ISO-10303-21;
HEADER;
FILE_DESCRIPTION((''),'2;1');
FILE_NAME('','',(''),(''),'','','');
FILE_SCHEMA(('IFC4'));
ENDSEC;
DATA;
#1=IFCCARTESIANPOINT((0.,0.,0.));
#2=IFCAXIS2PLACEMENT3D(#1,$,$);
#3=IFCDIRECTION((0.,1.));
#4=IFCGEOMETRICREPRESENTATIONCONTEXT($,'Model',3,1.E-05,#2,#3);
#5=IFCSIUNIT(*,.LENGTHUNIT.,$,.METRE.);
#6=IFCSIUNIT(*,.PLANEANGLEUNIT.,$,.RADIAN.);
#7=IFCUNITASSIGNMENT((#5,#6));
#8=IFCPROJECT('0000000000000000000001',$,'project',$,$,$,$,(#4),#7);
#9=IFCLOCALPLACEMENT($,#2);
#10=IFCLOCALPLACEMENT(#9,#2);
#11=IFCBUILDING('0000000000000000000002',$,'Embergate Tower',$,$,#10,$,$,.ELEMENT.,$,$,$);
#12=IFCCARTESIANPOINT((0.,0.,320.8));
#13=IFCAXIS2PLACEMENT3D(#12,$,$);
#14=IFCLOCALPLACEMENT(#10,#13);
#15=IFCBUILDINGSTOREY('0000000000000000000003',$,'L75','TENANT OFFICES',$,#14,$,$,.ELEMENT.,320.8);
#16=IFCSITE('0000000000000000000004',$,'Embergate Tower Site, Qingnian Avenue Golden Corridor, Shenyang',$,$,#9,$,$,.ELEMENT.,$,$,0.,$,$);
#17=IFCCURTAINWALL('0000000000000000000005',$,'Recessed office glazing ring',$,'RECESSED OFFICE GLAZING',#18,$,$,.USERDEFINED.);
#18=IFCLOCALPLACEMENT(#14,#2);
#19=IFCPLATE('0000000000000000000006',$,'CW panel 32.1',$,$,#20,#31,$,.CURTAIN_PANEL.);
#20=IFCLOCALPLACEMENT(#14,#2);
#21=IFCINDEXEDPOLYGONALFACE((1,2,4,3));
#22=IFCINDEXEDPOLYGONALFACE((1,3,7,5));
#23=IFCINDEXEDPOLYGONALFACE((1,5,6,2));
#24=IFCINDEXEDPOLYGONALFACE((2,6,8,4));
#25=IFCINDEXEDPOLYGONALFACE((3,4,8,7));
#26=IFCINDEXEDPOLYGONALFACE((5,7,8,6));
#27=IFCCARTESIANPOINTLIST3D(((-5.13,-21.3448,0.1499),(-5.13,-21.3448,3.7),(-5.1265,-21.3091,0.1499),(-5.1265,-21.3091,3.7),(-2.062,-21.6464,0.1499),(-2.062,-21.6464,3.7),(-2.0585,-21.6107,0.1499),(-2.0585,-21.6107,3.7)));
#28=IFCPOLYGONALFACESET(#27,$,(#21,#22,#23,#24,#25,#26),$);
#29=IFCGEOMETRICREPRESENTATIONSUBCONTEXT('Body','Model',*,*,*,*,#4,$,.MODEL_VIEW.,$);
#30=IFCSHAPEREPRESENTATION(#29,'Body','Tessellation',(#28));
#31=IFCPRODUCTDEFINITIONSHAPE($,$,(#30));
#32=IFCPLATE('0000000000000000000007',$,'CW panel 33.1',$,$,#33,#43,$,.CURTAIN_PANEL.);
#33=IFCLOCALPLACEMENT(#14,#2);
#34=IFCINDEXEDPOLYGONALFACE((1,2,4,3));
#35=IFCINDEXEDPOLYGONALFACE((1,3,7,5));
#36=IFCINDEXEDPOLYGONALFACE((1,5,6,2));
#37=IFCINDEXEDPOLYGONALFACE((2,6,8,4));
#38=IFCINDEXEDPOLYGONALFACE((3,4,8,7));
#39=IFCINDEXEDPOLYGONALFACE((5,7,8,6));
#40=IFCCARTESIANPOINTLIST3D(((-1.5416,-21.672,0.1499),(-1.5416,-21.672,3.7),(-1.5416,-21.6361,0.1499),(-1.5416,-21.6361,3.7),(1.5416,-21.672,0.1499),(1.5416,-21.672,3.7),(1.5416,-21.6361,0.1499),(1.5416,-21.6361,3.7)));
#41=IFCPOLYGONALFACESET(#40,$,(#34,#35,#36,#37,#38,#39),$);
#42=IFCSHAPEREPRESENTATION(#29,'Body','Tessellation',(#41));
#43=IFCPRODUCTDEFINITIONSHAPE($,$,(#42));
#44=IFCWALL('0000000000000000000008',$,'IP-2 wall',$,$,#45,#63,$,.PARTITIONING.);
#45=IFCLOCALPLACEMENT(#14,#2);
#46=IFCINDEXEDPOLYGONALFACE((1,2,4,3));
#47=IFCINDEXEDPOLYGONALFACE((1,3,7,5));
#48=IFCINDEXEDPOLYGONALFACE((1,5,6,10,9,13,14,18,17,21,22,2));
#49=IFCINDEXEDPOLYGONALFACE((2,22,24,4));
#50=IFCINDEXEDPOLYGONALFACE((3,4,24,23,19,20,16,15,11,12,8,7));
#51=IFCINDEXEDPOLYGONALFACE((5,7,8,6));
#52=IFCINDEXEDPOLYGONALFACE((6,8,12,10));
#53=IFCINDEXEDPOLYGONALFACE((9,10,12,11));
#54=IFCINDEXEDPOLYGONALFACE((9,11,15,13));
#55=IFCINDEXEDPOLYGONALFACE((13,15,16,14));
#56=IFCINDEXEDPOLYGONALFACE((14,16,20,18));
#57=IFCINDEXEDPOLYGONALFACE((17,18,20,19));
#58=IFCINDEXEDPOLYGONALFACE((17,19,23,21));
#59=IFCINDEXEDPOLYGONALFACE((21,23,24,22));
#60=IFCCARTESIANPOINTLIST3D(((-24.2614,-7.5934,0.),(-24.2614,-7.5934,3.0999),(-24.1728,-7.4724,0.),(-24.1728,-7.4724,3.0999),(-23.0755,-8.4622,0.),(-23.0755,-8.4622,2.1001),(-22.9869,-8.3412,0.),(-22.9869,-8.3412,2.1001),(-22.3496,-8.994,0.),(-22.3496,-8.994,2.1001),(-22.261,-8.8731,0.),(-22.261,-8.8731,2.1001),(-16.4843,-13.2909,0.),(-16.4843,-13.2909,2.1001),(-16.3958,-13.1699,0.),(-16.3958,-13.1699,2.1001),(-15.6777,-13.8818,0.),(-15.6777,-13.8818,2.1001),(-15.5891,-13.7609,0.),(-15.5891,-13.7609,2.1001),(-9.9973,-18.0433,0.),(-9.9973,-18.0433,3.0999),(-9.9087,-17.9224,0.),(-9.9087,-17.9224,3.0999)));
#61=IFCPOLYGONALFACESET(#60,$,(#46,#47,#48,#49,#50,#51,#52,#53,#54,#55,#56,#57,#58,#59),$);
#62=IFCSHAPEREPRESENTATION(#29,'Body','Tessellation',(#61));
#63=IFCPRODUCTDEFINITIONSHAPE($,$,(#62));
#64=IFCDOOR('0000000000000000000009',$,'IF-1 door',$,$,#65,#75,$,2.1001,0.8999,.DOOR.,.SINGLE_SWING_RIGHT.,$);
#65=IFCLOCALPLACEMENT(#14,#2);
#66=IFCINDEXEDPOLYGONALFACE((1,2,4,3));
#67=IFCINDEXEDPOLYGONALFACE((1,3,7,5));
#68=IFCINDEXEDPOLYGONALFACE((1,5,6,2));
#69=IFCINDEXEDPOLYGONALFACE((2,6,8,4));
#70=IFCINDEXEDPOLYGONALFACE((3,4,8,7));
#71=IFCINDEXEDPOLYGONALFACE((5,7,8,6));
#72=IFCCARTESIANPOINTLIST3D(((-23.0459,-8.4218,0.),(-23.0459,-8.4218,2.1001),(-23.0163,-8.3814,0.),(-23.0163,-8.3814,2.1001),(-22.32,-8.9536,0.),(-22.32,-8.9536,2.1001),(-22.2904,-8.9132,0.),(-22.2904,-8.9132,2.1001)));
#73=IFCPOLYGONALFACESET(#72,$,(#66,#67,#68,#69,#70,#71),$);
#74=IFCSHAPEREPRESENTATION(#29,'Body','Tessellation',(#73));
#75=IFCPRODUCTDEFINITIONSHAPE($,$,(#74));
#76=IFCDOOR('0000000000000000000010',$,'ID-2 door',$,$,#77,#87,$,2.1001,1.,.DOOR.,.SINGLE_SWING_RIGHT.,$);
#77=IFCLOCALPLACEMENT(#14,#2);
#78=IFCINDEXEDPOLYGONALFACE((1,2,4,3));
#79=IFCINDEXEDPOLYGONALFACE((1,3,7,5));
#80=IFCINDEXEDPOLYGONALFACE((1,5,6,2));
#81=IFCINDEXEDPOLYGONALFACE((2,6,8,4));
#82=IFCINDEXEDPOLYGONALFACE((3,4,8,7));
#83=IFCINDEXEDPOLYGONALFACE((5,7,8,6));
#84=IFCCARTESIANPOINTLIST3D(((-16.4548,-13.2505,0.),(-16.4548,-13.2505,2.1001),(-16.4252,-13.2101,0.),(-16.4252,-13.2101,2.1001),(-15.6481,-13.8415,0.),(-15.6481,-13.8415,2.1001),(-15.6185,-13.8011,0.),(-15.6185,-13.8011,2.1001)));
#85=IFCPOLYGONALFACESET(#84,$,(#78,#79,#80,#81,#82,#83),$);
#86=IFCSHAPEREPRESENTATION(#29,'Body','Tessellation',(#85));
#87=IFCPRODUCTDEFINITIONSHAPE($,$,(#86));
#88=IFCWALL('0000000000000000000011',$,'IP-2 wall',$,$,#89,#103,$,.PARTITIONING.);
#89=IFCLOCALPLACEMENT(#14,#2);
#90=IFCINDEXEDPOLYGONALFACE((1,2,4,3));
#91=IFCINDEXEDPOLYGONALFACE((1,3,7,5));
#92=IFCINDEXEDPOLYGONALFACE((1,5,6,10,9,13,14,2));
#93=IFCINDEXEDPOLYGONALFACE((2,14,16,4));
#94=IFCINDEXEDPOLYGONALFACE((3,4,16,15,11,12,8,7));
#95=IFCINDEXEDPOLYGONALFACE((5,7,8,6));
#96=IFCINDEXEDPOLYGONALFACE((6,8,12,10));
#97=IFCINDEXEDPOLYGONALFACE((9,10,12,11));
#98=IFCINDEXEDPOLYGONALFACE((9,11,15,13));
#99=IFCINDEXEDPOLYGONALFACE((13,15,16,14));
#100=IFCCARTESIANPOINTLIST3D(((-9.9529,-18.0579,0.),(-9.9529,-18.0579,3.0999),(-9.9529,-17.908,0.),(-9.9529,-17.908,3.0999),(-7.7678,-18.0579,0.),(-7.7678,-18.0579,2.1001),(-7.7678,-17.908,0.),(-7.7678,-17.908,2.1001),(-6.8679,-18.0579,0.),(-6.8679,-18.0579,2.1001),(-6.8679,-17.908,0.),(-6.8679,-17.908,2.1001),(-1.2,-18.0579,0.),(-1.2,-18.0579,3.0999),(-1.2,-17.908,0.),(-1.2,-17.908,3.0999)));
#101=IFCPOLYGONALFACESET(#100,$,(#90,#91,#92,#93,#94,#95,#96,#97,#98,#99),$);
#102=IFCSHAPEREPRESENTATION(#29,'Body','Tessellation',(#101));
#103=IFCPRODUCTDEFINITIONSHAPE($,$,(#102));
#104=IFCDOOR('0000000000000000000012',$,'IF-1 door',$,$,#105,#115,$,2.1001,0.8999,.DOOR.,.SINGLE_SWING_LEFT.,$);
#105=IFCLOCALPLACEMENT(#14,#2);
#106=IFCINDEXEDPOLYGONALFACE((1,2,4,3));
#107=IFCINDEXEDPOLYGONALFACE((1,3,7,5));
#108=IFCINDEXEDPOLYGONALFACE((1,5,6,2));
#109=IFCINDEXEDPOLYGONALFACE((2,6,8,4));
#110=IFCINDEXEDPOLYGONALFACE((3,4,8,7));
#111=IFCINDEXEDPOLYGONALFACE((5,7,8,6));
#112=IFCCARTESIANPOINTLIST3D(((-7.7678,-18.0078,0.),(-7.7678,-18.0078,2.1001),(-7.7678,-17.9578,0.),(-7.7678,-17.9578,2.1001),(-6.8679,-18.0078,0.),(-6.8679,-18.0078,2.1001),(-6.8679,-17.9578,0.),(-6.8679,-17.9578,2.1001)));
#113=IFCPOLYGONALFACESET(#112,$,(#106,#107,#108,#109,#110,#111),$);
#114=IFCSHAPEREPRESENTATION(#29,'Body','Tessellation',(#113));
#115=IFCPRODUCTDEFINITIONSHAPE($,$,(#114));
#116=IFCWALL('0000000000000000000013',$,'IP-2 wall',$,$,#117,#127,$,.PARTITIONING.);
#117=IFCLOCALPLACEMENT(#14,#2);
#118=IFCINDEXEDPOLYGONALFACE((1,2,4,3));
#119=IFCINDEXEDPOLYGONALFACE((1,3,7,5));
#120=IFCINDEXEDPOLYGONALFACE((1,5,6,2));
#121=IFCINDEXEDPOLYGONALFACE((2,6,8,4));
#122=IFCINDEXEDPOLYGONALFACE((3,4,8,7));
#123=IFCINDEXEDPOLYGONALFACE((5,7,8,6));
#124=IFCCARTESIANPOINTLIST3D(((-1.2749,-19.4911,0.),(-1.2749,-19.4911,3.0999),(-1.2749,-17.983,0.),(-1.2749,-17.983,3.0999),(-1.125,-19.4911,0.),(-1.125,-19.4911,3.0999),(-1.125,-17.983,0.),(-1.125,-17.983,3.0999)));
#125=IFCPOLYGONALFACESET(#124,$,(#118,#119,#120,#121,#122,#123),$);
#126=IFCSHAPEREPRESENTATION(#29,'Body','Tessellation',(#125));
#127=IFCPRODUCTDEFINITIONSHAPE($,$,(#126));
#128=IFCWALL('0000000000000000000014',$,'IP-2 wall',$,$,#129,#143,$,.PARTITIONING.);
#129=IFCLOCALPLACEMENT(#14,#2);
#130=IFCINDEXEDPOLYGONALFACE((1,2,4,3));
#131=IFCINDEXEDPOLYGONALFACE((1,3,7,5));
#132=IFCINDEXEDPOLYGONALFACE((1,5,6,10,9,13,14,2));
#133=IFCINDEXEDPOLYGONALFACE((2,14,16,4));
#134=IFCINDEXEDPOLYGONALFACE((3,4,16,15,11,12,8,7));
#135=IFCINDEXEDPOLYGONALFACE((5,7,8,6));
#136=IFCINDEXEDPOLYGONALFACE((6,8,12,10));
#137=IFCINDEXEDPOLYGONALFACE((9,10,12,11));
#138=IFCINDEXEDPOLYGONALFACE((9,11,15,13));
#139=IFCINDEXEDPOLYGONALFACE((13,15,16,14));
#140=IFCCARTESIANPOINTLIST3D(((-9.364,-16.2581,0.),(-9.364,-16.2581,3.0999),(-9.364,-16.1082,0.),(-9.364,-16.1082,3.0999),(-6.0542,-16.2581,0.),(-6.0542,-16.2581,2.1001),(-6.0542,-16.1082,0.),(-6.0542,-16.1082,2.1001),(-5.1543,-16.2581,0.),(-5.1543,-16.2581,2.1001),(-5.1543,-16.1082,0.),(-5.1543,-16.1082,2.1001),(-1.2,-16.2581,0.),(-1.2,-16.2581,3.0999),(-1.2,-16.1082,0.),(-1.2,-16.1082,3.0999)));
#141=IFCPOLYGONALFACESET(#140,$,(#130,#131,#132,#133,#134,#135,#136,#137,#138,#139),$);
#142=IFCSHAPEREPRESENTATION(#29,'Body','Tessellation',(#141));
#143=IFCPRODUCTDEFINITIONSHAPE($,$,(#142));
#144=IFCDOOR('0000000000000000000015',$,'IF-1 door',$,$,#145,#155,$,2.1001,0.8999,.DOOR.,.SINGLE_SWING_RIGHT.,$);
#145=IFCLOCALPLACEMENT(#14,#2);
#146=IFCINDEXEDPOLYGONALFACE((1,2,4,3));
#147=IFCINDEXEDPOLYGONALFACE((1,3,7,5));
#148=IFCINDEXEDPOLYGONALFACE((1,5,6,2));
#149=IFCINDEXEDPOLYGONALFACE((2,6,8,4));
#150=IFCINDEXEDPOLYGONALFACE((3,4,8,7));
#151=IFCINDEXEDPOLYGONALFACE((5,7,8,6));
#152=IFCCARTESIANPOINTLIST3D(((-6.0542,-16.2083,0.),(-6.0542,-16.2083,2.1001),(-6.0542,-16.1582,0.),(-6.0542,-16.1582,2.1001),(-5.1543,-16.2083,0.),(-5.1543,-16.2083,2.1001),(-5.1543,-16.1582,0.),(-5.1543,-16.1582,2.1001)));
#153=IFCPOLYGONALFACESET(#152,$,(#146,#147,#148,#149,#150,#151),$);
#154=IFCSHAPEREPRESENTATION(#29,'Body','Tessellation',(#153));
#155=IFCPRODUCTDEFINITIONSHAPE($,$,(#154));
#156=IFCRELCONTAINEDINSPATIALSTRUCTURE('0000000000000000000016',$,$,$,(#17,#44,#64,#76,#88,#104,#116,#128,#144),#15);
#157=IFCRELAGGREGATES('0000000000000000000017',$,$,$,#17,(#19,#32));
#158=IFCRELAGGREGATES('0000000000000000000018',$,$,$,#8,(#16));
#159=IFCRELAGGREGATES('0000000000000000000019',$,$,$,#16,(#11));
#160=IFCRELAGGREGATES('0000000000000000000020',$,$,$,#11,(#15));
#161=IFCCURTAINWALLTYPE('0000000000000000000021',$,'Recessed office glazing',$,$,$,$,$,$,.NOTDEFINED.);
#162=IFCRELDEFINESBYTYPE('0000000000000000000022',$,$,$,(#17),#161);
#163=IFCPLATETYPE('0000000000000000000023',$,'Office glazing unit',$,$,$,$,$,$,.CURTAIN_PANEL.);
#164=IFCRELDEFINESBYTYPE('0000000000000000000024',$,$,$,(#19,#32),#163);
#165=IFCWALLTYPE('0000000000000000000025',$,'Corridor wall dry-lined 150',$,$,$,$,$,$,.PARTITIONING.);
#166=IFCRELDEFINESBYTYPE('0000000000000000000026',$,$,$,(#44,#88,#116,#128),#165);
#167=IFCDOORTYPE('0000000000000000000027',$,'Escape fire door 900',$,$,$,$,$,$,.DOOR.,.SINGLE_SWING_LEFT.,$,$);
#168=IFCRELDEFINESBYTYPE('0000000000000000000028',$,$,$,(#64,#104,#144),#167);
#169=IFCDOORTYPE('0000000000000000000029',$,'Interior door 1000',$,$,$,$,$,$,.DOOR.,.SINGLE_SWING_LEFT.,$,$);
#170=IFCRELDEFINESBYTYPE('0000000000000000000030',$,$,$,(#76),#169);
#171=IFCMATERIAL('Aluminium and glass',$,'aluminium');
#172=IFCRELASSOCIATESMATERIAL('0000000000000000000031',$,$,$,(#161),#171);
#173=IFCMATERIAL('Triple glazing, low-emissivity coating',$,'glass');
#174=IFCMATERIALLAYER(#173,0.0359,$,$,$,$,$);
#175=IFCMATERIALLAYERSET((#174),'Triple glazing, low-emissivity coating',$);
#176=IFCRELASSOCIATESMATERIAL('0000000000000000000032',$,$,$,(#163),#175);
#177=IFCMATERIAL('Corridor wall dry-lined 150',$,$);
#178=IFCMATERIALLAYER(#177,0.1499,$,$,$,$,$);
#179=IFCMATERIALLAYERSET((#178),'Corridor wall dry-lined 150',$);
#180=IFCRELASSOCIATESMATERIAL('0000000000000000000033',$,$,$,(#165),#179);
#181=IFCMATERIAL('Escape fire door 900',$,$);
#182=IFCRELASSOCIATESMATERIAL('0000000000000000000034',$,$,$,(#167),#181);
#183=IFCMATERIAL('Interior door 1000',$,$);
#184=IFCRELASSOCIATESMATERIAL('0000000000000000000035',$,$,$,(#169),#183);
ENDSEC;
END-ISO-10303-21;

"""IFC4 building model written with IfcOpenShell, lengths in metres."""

from ifc_helpers import new_model, si_unit, direction, frame, frame_2d, origin, origin_2d, place, context, subcontext, project, spatial, rectangle, extrude, source, transform, mapped, material, layer, layer_set, type_object, element, fill, aggregate, save


model = new_model("IFC4")

# Units and contexts
model_context = context("Model", 3, precision=1e-05, world=origin(), true_north=direction((0.0, 1.0)))
body_context = subcontext(model_context, "Body", "Model", "MODEL_VIEW")
ifc_project = project(units=[si_unit("LENGTHUNIT", "METRE"), si_unit("PLANEANGLEUNIT", "RADIAN")], contexts=[model_context])

# Site, building, storey
site_placement = place(None, origin())
site = spatial("IfcSite", under=ifc_project, at=site_placement, Name="Embergate Tower Site, Qingnian Avenue Golden Corridor, Shenyang", CompositionType="ELEMENT", RefElevation=0.0)
building_placement = place(site_placement, origin())
building = spatial("IfcBuilding", under=site, at=building_placement, Name="Embergate Tower", CompositionType="ELEMENT")
storey_placement = place(building_placement, frame((0.0, 0.0, 320.8)))
storey = spatial("IfcBuildingStorey", under=building, at=storey_placement, Name="L75", Description="TENANT OFFICES", CompositionType="ELEMENT", Elevation=320.8)

# Curtain wall
ifc_material_1 = material(Name="Aluminium and glass", Category="aluminium")
curtain_wall_type = type_object("IfcCurtainWallType", Name="Recessed office glazing", PredefinedType="NOTDEFINED", material=ifc_material_1)
curtain_wall_placement = place(storey_placement, origin())
curtain_wall = element("IfcCurtainWall", 1, at=curtain_wall_placement, inside=storey, type_object=curtain_wall_type, Name="Recessed office glazing ring", ObjectType="RECESSED OFFICE GLAZING", PredefinedType="USERDEFINED")

# Plates
ifc_material_2 = material(Name="Triple glazing, low-emissivity coating", Category="glass")
ifc_layer_1 = layer(ifc_material_2, 0.0359)
ifc_layer_set_1 = layer_set([ifc_layer_1], Name="Triple glazing, low-emissivity coating")
plate_type = type_object("IfcPlateType", Name="Office glazing unit", PredefinedType="CURTAIN_PANEL", material=ifc_layer_set_1)
shared_shape_1 = source(origin(), body_context, "Body", "SweptSolid", [
    extrude(rectangle(XDim=3.0828, YDim=0.0359, at=origin_2d()), origin(), (0.0, 0.0, 1.0), 3.55),
])
plate_1_placement = place(storey_placement, frame((-3.5942, -21.4778, 0.1499), z_axis=(0.0, 0.0, 1.0), x_axis=(0.995203, -0.097831, 0.0)))
plate_1 = element("IfcPlate", 2, at=plate_1_placement, type_object=plate_type, Name="CW panel 32.1", PredefinedType="CURTAIN_PANEL", context=body_context, shape_type="MappedRepresentation", body=[
    mapped(shared_shape_1, transform((0.0, 0.0, 0.0))),
])
shared_shape_2 = source(origin(), body_context, "Body", "SweptSolid", [
    extrude(rectangle(XDim=3.0833, YDim=0.0359, at=origin_2d()), origin(), (0.0, 0.0, 1.0), 3.55),
])
plate_2_placement = place(storey_placement, frame((0.0, -21.6541, 0.1499), z_axis=(0.0, 0.0, 1.0), x_axis=(1.0, 0.0, 0.0)))
plate_2 = element("IfcPlate", 3, at=plate_2_placement, type_object=plate_type, Name="CW panel 33.1", PredefinedType="CURTAIN_PANEL", context=body_context, shape_type="MappedRepresentation", body=[
    mapped(shared_shape_2, transform((0.0, 0.0, 0.0))),
])
aggregate(curtain_wall, [plate_1, plate_2])

# Wall, openings, doors
ifc_material_3 = material(Name="Corridor wall dry-lined 150")
ifc_layer_2 = layer(ifc_material_3, 0.1499)
ifc_layer_set_2 = layer_set([ifc_layer_2], Name="Corridor wall dry-lined 150")
wall_type_1 = type_object("IfcWallType", Name="Corridor wall dry-lined 150", PredefinedType="PARTITIONING", material=ifc_layer_set_2)
shared_shape_3 = source(origin(), body_context, "Body", "SweptSolid", [
    extrude(rectangle(XDim=17.6824, YDim=0.1499, at=frame_2d((8.8413, 0.0))), origin(), (0.0, 0.0, 1.0), 3.0999),
])
wall_1_placement = place(storey_placement, frame((-9.9529, -17.9829, 0.0), z_axis=(0.0, 0.0, 1.0), x_axis=(-0.806686, 0.59098, 0.0)))
wall_1 = element("IfcWall", 4, at=wall_1_placement, inside=storey, type_object=wall_type_1, Name="IP-2 wall", PredefinedType="PARTITIONING", context=body_context, shape_type="MappedRepresentation", body=[
    mapped(shared_shape_3, transform((0.0, 0.0, 0.0))),
])
shared_shape_4 = source(origin(), body_context, "Body", "SweptSolid", [
    extrude(rectangle(XDim=0.8999, YDim=2.1001, at=frame_2d((0.45, 1.05))), frame((0.0, 0.085, 0.0), z_axis=(0.0, -1.0, 0.0), x_axis=(1.0, 0.0, 0.0)), (0.0, 0.0, 1.0), 0.1699),
])
opening_1_placement = place(wall_1_placement, frame((15.3125, 0.0, 0.0)))
opening_1 = element("IfcOpeningElement", 5, at=opening_1_placement, cuts=wall_1, PredefinedType="OPENING", context=body_context, shape_type="MappedRepresentation", body=[
    mapped(shared_shape_4, transform((0.0, 0.0, 0.0))),
])
shared_shape_5 = source(origin(), body_context, "Body", "SweptSolid", [
    extrude(rectangle(XDim=1.0, YDim=2.1001, at=frame_2d((0.5, 1.05))), frame((0.0, 0.085, 0.0), z_axis=(0.0, -1.0, 0.0), x_axis=(1.0, 0.0, 0.0)), (0.0, 0.0, 1.0), 0.1699),
])
opening_2_placement = place(wall_1_placement, frame((7.0417, 0.0, 0.0)))
opening_2 = element("IfcOpeningElement", 6, at=opening_2_placement, cuts=wall_1, PredefinedType="OPENING", context=body_context, shape_type="MappedRepresentation", body=[
    mapped(shared_shape_5, transform((0.0, 0.0, 0.0))),
])
ifc_material_4 = material(Name="Escape fire door 900")
door_type_1 = type_object("IfcDoorType", Name="Escape fire door 900", OperationType="SINGLE_SWING_LEFT", PredefinedType="DOOR", material=ifc_material_4)
shared_shape_6 = source(origin(), body_context, "Body", "SweptSolid", [
    extrude(rectangle(XDim=0.8999, YDim=2.1001, at=frame_2d((0.45, 1.05))), frame((0.0, 0.0249, 0.0), z_axis=(0.0, -1.0, 0.0), x_axis=(1.0, 0.0, 0.0)), (0.0, 0.0, 1.0), 0.05),
])
door_1_placement = place(opening_1_placement, origin())
door_1 = element("IfcDoor", 7, at=door_1_placement, inside=storey, type_object=door_type_1, Name="IF-1 door", OperationType="SINGLE_SWING_RIGHT", OverallHeight=2.1001, OverallWidth=0.8999, PredefinedType="DOOR", context=body_context, shape_type="MappedRepresentation", body=[
    mapped(shared_shape_6, transform((0.0, 0.0, 0.0))),
])
fill(opening_1, door_1)
ifc_material_5 = material(Name="Interior door 1000")
door_type_2 = type_object("IfcDoorType", Name="Interior door 1000", OperationType="SINGLE_SWING_LEFT", PredefinedType="DOOR", material=ifc_material_5)
shared_shape_7 = source(origin(), body_context, "Body", "SweptSolid", [
    extrude(rectangle(XDim=1.0, YDim=2.1001, at=frame_2d((0.5, 1.05))), frame((0.0, 0.0249, 0.0), z_axis=(0.0, -1.0, 0.0), x_axis=(1.0, 0.0, 0.0)), (0.0, 0.0, 1.0), 0.05),
])
door_2_placement = place(opening_2_placement, origin())
door_2 = element("IfcDoor", 8, at=door_2_placement, inside=storey, type_object=door_type_2, Name="ID-2 door", OperationType="SINGLE_SWING_RIGHT", OverallHeight=2.1001, OverallWidth=1.0, PredefinedType="DOOR", context=body_context, shape_type="MappedRepresentation", body=[
    mapped(shared_shape_7, transform((0.0, 0.0, 0.0))),
])
fill(opening_2, door_2)

# Wall, opening, door
shared_shape_8 = source(origin(), body_context, "Body", "SweptSolid", [
    extrude(rectangle(XDim=8.7529, YDim=0.1499, at=frame_2d((4.3765, 0.0))), origin(), (0.0, 0.0, 1.0), 3.0999),
])
wall_2_placement = place(storey_placement, frame((-1.2, -17.9829, 0.0), z_axis=(0.0, 0.0, 1.0), x_axis=(-1.0, 0.0, 0.0)))
wall_2 = element("IfcWall", 9, at=wall_2_placement, inside=storey, type_object=wall_type_1, Name="IP-2 wall", PredefinedType="PARTITIONING", context=body_context, shape_type="MappedRepresentation", body=[
    mapped(shared_shape_8, transform((0.0, 0.0, 0.0))),
])
opening_3_placement = place(wall_2_placement, frame((5.668, 0.0, 0.0)))
opening_3 = element("IfcOpeningElement", 10, at=opening_3_placement, cuts=wall_2, PredefinedType="OPENING", context=body_context, shape_type="MappedRepresentation", body=[
    mapped(shared_shape_4, transform((0.0, 0.0, 0.0))),
])
door_3_placement = place(opening_3_placement, origin())
door_3 = element("IfcDoor", 11, at=door_3_placement, inside=storey, type_object=door_type_1, Name="IF-1 door", OperationType="SINGLE_SWING_LEFT", OverallHeight=2.1001, OverallWidth=0.8999, PredefinedType="DOOR", context=body_context, shape_type="MappedRepresentation", body=[
    mapped(shared_shape_6, transform((0.0, 0.0, 0.0))),
])
fill(opening_3, door_3)

# Wall
shared_shape_9 = source(origin(), body_context, "Body", "SweptSolid", [
    extrude(rectangle(XDim=1.5081, YDim=0.1499, at=frame_2d((0.7539, 0.0))), origin(), (0.0, 0.0, 1.0), 3.0999),
])
wall_3_placement = place(storey_placement, frame((-1.2, -19.491, 0.0), z_axis=(0.0, 0.0, 1.0), x_axis=(0.0, 1.0, 0.0)))
element("IfcWall", 12, at=wall_3_placement, inside=storey, type_object=wall_type_1, Name="IP-2 wall", PredefinedType="PARTITIONING", context=body_context, shape_type="MappedRepresentation", body=[
    mapped(shared_shape_9, transform((0.0, 0.0, 0.0))),
])

# Wall, opening, door
shared_shape_10 = source(origin(), body_context, "Body", "SweptSolid", [
    extrude(rectangle(XDim=8.1641, YDim=0.1499, at=frame_2d((4.082, 0.0))), origin(), (0.0, 0.0, 1.0), 3.0999),
])
wall_4_placement = place(storey_placement, frame((-9.364, -16.1831, 0.0), z_axis=(0.0, 0.0, 1.0), x_axis=(1.0, 0.0, 0.0)))
wall_4 = element("IfcWall", 13, at=wall_4_placement, inside=storey, type_object=wall_type_1, Name="IP-2 wall", PredefinedType="PARTITIONING", context=body_context, shape_type="MappedRepresentation", body=[
    mapped(shared_shape_10, transform((0.0, 0.0, 0.0))),
])
opening_4_placement = place(wall_4_placement, frame((3.3098, 0.0, 0.0)))
opening_4 = element("IfcOpeningElement", 14, at=opening_4_placement, cuts=wall_4, PredefinedType="OPENING", context=body_context, shape_type="MappedRepresentation", body=[
    mapped(shared_shape_4, transform((0.0, 0.0, 0.0))),
])
door_4_placement = place(opening_4_placement, origin())
door_4 = element("IfcDoor", 15, at=door_4_placement, inside=storey, type_object=door_type_1, Name="IF-1 door", OperationType="SINGLE_SWING_RIGHT", OverallHeight=2.1001, OverallWidth=0.8999, PredefinedType="DOOR", context=body_context, shape_type="MappedRepresentation", body=[
    mapped(shared_shape_6, transform((0.0, 0.0, 0.0))),
])
fill(opening_4, door_4)

save(model, "model.ifc")
